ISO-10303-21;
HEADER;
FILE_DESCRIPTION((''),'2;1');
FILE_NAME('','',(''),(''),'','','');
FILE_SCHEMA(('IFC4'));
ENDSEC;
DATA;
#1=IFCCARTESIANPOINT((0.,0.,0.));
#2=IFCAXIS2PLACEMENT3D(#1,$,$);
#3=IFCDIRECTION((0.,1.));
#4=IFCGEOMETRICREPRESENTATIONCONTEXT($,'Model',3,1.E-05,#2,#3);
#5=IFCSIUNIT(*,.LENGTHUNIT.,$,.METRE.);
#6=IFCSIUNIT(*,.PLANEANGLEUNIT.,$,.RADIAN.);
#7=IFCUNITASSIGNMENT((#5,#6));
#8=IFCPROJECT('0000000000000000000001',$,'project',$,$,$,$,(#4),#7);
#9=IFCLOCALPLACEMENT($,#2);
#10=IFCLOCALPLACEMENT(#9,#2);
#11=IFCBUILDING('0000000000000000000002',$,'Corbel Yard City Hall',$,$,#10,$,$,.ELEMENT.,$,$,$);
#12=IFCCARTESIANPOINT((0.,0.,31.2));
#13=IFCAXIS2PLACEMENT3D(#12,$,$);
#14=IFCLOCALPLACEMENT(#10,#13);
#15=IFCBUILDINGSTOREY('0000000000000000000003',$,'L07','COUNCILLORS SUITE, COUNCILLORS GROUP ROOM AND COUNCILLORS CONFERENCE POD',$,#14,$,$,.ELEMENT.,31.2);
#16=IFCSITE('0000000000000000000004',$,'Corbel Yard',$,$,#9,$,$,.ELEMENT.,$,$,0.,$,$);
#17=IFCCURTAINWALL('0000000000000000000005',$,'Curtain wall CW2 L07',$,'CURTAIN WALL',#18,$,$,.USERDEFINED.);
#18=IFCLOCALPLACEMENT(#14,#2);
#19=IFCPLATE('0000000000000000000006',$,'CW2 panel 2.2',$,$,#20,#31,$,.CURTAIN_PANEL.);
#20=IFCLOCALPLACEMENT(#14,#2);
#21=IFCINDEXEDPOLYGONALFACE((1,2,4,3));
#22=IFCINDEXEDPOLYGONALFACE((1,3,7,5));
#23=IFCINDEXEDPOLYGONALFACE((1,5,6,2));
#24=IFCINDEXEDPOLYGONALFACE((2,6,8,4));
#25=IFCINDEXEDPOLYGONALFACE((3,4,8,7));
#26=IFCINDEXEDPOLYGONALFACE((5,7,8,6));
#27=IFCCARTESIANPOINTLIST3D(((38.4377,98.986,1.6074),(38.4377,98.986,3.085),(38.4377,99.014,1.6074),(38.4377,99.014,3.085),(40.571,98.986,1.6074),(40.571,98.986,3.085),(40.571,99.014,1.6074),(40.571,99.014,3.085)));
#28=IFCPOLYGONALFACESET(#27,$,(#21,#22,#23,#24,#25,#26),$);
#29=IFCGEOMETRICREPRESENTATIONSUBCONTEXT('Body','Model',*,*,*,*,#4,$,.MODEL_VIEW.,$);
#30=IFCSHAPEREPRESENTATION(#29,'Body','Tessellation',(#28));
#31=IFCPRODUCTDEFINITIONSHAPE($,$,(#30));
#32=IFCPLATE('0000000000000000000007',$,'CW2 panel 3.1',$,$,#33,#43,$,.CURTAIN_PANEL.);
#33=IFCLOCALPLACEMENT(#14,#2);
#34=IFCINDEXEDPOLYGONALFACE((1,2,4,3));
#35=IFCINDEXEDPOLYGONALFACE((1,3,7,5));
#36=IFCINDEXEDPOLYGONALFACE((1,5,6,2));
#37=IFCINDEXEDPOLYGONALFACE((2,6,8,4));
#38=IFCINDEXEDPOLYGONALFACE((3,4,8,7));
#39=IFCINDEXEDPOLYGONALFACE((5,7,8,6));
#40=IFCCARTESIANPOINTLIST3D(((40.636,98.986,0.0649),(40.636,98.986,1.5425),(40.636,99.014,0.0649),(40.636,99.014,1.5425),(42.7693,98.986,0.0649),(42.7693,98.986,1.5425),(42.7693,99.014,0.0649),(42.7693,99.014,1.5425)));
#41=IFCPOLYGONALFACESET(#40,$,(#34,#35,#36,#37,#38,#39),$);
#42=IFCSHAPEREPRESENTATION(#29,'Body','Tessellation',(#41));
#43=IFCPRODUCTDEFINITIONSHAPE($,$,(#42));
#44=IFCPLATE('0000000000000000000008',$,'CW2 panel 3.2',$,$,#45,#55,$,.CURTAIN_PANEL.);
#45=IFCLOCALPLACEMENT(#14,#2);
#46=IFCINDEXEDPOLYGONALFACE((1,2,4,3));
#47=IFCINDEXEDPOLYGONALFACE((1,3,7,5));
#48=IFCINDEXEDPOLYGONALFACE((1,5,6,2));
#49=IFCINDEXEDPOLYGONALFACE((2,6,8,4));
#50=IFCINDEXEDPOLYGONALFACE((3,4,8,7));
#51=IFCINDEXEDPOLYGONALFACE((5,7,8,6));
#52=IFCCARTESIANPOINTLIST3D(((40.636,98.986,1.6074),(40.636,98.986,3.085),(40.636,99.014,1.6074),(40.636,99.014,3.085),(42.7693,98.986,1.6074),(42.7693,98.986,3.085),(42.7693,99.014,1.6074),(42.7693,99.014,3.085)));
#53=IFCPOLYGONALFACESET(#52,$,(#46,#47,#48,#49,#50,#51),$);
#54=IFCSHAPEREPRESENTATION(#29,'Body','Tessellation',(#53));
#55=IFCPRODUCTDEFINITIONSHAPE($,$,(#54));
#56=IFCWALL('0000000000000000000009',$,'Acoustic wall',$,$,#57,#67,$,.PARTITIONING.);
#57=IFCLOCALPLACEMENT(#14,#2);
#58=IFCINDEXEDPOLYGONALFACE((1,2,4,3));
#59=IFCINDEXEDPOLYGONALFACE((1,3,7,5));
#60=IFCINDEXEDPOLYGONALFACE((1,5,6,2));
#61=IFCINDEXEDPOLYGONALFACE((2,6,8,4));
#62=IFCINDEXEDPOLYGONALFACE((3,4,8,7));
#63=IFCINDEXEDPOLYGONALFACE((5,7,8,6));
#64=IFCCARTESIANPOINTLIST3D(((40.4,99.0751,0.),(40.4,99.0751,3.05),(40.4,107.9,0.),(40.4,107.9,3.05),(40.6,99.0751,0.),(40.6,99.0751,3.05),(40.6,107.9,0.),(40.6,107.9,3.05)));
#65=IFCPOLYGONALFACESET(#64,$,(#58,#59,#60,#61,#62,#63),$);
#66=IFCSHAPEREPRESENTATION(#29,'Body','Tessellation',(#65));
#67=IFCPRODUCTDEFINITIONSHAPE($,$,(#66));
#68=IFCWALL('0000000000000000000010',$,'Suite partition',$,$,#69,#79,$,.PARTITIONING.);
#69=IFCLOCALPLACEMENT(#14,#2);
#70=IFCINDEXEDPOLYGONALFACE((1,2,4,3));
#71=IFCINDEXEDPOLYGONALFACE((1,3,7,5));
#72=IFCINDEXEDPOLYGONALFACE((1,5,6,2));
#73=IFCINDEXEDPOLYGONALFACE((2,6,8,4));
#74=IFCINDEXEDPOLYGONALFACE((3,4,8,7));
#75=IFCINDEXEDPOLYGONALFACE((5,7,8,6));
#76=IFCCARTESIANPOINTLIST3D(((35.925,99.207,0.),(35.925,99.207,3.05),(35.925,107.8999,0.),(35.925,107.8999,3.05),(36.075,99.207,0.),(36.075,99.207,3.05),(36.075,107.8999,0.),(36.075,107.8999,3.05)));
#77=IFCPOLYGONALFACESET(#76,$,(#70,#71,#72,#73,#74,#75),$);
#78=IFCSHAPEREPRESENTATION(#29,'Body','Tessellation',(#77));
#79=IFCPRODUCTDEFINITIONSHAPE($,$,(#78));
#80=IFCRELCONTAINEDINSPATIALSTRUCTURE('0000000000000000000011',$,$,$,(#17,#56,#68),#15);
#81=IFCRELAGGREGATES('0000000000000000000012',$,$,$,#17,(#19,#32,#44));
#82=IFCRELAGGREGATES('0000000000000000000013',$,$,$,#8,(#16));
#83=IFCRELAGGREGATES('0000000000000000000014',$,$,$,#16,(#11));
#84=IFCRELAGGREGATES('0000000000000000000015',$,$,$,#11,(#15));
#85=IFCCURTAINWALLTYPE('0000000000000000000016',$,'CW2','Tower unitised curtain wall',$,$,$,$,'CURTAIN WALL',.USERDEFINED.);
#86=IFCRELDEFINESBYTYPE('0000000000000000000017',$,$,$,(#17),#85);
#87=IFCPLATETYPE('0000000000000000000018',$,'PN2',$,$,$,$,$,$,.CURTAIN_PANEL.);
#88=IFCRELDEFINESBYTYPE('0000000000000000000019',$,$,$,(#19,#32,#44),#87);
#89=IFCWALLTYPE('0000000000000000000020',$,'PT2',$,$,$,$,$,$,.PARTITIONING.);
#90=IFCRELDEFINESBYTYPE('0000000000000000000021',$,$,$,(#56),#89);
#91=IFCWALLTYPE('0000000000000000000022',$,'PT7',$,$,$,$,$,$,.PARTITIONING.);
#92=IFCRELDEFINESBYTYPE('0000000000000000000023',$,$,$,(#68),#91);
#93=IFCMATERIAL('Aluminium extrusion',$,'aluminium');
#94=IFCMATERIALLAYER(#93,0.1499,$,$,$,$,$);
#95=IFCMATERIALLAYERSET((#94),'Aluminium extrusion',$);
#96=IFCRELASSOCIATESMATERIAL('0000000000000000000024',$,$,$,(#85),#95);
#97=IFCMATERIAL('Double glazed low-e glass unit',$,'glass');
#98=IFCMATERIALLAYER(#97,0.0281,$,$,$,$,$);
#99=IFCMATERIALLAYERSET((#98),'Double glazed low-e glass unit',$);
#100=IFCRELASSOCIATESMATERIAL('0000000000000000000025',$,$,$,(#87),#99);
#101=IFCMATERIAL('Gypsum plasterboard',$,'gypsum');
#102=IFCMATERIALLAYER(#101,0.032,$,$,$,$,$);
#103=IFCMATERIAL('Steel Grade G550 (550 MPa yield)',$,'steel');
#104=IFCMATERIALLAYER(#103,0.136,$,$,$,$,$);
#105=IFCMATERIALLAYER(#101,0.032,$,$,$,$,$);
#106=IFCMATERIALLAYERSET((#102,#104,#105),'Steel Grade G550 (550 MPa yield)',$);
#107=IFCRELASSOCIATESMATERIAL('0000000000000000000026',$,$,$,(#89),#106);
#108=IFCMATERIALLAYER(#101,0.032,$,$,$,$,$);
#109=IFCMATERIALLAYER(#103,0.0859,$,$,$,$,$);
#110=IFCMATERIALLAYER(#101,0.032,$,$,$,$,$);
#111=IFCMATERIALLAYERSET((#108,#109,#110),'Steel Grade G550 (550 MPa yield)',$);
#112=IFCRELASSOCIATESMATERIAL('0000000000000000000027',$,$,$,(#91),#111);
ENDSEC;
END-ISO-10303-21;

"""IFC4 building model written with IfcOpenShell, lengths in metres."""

from ifc_helpers import new_model, si_unit, direction, frame, frame_2d, origin, origin_2d, place, context, subcontext, project, spatial, rectangle, extrude, material, layer, layer_set, type_object, element, aggregate, save


model = new_model("IFC4")

# Units and contexts
model_context = context("Model", 3, precision=1e-05, world=origin(), true_north=direction((0.0, 1.0)))
body_context = subcontext(model_context, "Body", "Model", "MODEL_VIEW")
ifc_project = project(units=[si_unit("LENGTHUNIT", "METRE"), si_unit("PLANEANGLEUNIT", "RADIAN")], contexts=[model_context])

# Site, building, storey
site_placement = place(None, origin())
site = spatial("IfcSite", under=ifc_project, at=site_placement, Name="Corbel Yard", CompositionType="ELEMENT", RefElevation=0.0)
building_placement = place(site_placement, origin())
building = spatial("IfcBuilding", under=site, at=building_placement, Name="Corbel Yard City Hall", CompositionType="ELEMENT")
storey_placement = place(building_placement, frame((0.0, 0.0, 31.2)))
storey = spatial("IfcBuildingStorey", under=building, at=storey_placement, Name="L07", Description="COUNCILLORS SUITE, COUNCILLORS GROUP ROOM AND COUNCILLORS CONFERENCE POD", CompositionType="ELEMENT", Elevation=31.2)

# Curtain wall, plates
ifc_material_1 = material(Name="Aluminium extrusion", Category="aluminium")
ifc_layer_1 = layer(ifc_material_1, 0.1499)
ifc_layer_set_1 = layer_set([ifc_layer_1], Name="Aluminium extrusion")
curtain_wall_type = type_object("IfcCurtainWallType", Name="CW2", Description="Tower unitised curtain wall", ElementType="CURTAIN WALL", PredefinedType="USERDEFINED", material=ifc_layer_set_1)
curtain_wall_placement = place(storey_placement, origin())
curtain_wall = element("IfcCurtainWall", 1, at=curtain_wall_placement, inside=storey, type_object=curtain_wall_type, Name="Curtain wall CW2 L07", ObjectType="CURTAIN WALL", PredefinedType="USERDEFINED")
ifc_material_2 = material(Name="Double glazed low-e glass unit", Category="glass")
ifc_layer_2 = layer(ifc_material_2, 0.0281)
ifc_layer_set_2 = layer_set([ifc_layer_2], Name="Double glazed low-e glass unit")
plate_type = type_object("IfcPlateType", Name="PN2", PredefinedType="CURTAIN_PANEL", material=ifc_layer_set_2)
plate_1_placement = place(storey_placement, frame((39.5044, 99.0, 1.6074), z_axis=(0.0, 0.0, 1.0), x_axis=(1.0, 0.0, 0.0)))
plate_1 = element("IfcPlate", 2, at=plate_1_placement, type_object=plate_type, Name="CW2 panel 2.2", PredefinedType="CURTAIN_PANEL", context=body_context, shape_type="SweptSolid", body=[
    extrude(rectangle(XDim=2.1333, YDim=0.0281, at=origin_2d()), origin(), (0.0, 0.0, 1.0), 1.4775),
])
plate_2_placement = place(storey_placement, frame((41.7026, 99.0, 0.0649), z_axis=(0.0, 0.0, 1.0), x_axis=(1.0, 0.0, 0.0)))
plate_2 = element("IfcPlate", 3, at=plate_2_placement, type_object=plate_type, Name="CW2 panel 3.1", PredefinedType="CURTAIN_PANEL", context=body_context, shape_type="SweptSolid", body=[
    extrude(rectangle(XDim=2.1333, YDim=0.0281, at=origin_2d()), origin(), (0.0, 0.0, 1.0), 1.4775),
])
plate_3_placement = place(storey_placement, frame((41.7026, 99.0, 1.6074), z_axis=(0.0, 0.0, 1.0), x_axis=(1.0, 0.0, 0.0)))
plate_3 = element("IfcPlate", 4, at=plate_3_placement, type_object=plate_type, Name="CW2 panel 3.2", PredefinedType="CURTAIN_PANEL", context=body_context, shape_type="SweptSolid", body=[
    extrude(rectangle(XDim=2.1333, YDim=0.0281, at=origin_2d()), origin(), (0.0, 0.0, 1.0), 1.4775),
])
aggregate(curtain_wall, [plate_1, plate_2, plate_3])

# Walls
ifc_material_3 = material(Name="Gypsum plasterboard", Category="gypsum")
ifc_layer_3 = layer(ifc_material_3, 0.032)
ifc_material_4 = material(Name="Steel Grade G550 (550 MPa yield)", Category="steel")
ifc_layer_4 = layer(ifc_material_4, 0.136)
ifc_layer_5 = layer(ifc_material_3, 0.032)
ifc_layer_set_3 = layer_set([ifc_layer_3, ifc_layer_4, ifc_layer_5], Name="Steel Grade G550 (550 MPa yield)")
wall_type_1 = type_object("IfcWallType", Name="PT2", PredefinedType="PARTITIONING", material=ifc_layer_set_3)
wall_1_placement = place(storey_placement, frame((40.5, 99.075, 0.0), z_axis=(0.0, 0.0, 1.0), x_axis=(0.0, 1.0, 0.0)))
element("IfcWall", 5, at=wall_1_placement, inside=storey, type_object=wall_type_1, Name="Acoustic wall", PredefinedType="PARTITIONING", context=body_context, shape_type="SweptSolid", body=[
    extrude(rectangle(XDim=8.825, YDim=0.2, at=frame_2d((4.4126, 0.0))), origin(), (0.0, 0.0, 1.0), 3.05),
])
ifc_layer_6 = layer(ifc_material_3, 0.032)
ifc_layer_7 = layer(ifc_material_4, 0.0859)
ifc_layer_8 = layer(ifc_material_3, 0.032)
ifc_layer_set_4 = layer_set([ifc_layer_6, ifc_layer_7, ifc_layer_8], Name="Steel Grade G550 (550 MPa yield)")
wall_type_2 = type_object("IfcWallType", Name="PT7", PredefinedType="PARTITIONING", material=ifc_layer_set_4)
wall_2_placement = place(storey_placement, frame((36.0, 99.207, 0.0), z_axis=(0.0, 0.0, 1.0), x_axis=(0.0, 1.0, 0.0)))
element("IfcWall", 6, at=wall_2_placement, inside=storey, type_object=wall_type_2, Name="Suite partition", PredefinedType="PARTITIONING", context=body_context, shape_type="SweptSolid", body=[
    extrude(rectangle(XDim=8.6929, YDim=0.1499, at=frame_2d((4.3464, 0.0))), origin(), (0.0, 0.0, 1.0), 3.05),
])

save(model, "model.ifc")
